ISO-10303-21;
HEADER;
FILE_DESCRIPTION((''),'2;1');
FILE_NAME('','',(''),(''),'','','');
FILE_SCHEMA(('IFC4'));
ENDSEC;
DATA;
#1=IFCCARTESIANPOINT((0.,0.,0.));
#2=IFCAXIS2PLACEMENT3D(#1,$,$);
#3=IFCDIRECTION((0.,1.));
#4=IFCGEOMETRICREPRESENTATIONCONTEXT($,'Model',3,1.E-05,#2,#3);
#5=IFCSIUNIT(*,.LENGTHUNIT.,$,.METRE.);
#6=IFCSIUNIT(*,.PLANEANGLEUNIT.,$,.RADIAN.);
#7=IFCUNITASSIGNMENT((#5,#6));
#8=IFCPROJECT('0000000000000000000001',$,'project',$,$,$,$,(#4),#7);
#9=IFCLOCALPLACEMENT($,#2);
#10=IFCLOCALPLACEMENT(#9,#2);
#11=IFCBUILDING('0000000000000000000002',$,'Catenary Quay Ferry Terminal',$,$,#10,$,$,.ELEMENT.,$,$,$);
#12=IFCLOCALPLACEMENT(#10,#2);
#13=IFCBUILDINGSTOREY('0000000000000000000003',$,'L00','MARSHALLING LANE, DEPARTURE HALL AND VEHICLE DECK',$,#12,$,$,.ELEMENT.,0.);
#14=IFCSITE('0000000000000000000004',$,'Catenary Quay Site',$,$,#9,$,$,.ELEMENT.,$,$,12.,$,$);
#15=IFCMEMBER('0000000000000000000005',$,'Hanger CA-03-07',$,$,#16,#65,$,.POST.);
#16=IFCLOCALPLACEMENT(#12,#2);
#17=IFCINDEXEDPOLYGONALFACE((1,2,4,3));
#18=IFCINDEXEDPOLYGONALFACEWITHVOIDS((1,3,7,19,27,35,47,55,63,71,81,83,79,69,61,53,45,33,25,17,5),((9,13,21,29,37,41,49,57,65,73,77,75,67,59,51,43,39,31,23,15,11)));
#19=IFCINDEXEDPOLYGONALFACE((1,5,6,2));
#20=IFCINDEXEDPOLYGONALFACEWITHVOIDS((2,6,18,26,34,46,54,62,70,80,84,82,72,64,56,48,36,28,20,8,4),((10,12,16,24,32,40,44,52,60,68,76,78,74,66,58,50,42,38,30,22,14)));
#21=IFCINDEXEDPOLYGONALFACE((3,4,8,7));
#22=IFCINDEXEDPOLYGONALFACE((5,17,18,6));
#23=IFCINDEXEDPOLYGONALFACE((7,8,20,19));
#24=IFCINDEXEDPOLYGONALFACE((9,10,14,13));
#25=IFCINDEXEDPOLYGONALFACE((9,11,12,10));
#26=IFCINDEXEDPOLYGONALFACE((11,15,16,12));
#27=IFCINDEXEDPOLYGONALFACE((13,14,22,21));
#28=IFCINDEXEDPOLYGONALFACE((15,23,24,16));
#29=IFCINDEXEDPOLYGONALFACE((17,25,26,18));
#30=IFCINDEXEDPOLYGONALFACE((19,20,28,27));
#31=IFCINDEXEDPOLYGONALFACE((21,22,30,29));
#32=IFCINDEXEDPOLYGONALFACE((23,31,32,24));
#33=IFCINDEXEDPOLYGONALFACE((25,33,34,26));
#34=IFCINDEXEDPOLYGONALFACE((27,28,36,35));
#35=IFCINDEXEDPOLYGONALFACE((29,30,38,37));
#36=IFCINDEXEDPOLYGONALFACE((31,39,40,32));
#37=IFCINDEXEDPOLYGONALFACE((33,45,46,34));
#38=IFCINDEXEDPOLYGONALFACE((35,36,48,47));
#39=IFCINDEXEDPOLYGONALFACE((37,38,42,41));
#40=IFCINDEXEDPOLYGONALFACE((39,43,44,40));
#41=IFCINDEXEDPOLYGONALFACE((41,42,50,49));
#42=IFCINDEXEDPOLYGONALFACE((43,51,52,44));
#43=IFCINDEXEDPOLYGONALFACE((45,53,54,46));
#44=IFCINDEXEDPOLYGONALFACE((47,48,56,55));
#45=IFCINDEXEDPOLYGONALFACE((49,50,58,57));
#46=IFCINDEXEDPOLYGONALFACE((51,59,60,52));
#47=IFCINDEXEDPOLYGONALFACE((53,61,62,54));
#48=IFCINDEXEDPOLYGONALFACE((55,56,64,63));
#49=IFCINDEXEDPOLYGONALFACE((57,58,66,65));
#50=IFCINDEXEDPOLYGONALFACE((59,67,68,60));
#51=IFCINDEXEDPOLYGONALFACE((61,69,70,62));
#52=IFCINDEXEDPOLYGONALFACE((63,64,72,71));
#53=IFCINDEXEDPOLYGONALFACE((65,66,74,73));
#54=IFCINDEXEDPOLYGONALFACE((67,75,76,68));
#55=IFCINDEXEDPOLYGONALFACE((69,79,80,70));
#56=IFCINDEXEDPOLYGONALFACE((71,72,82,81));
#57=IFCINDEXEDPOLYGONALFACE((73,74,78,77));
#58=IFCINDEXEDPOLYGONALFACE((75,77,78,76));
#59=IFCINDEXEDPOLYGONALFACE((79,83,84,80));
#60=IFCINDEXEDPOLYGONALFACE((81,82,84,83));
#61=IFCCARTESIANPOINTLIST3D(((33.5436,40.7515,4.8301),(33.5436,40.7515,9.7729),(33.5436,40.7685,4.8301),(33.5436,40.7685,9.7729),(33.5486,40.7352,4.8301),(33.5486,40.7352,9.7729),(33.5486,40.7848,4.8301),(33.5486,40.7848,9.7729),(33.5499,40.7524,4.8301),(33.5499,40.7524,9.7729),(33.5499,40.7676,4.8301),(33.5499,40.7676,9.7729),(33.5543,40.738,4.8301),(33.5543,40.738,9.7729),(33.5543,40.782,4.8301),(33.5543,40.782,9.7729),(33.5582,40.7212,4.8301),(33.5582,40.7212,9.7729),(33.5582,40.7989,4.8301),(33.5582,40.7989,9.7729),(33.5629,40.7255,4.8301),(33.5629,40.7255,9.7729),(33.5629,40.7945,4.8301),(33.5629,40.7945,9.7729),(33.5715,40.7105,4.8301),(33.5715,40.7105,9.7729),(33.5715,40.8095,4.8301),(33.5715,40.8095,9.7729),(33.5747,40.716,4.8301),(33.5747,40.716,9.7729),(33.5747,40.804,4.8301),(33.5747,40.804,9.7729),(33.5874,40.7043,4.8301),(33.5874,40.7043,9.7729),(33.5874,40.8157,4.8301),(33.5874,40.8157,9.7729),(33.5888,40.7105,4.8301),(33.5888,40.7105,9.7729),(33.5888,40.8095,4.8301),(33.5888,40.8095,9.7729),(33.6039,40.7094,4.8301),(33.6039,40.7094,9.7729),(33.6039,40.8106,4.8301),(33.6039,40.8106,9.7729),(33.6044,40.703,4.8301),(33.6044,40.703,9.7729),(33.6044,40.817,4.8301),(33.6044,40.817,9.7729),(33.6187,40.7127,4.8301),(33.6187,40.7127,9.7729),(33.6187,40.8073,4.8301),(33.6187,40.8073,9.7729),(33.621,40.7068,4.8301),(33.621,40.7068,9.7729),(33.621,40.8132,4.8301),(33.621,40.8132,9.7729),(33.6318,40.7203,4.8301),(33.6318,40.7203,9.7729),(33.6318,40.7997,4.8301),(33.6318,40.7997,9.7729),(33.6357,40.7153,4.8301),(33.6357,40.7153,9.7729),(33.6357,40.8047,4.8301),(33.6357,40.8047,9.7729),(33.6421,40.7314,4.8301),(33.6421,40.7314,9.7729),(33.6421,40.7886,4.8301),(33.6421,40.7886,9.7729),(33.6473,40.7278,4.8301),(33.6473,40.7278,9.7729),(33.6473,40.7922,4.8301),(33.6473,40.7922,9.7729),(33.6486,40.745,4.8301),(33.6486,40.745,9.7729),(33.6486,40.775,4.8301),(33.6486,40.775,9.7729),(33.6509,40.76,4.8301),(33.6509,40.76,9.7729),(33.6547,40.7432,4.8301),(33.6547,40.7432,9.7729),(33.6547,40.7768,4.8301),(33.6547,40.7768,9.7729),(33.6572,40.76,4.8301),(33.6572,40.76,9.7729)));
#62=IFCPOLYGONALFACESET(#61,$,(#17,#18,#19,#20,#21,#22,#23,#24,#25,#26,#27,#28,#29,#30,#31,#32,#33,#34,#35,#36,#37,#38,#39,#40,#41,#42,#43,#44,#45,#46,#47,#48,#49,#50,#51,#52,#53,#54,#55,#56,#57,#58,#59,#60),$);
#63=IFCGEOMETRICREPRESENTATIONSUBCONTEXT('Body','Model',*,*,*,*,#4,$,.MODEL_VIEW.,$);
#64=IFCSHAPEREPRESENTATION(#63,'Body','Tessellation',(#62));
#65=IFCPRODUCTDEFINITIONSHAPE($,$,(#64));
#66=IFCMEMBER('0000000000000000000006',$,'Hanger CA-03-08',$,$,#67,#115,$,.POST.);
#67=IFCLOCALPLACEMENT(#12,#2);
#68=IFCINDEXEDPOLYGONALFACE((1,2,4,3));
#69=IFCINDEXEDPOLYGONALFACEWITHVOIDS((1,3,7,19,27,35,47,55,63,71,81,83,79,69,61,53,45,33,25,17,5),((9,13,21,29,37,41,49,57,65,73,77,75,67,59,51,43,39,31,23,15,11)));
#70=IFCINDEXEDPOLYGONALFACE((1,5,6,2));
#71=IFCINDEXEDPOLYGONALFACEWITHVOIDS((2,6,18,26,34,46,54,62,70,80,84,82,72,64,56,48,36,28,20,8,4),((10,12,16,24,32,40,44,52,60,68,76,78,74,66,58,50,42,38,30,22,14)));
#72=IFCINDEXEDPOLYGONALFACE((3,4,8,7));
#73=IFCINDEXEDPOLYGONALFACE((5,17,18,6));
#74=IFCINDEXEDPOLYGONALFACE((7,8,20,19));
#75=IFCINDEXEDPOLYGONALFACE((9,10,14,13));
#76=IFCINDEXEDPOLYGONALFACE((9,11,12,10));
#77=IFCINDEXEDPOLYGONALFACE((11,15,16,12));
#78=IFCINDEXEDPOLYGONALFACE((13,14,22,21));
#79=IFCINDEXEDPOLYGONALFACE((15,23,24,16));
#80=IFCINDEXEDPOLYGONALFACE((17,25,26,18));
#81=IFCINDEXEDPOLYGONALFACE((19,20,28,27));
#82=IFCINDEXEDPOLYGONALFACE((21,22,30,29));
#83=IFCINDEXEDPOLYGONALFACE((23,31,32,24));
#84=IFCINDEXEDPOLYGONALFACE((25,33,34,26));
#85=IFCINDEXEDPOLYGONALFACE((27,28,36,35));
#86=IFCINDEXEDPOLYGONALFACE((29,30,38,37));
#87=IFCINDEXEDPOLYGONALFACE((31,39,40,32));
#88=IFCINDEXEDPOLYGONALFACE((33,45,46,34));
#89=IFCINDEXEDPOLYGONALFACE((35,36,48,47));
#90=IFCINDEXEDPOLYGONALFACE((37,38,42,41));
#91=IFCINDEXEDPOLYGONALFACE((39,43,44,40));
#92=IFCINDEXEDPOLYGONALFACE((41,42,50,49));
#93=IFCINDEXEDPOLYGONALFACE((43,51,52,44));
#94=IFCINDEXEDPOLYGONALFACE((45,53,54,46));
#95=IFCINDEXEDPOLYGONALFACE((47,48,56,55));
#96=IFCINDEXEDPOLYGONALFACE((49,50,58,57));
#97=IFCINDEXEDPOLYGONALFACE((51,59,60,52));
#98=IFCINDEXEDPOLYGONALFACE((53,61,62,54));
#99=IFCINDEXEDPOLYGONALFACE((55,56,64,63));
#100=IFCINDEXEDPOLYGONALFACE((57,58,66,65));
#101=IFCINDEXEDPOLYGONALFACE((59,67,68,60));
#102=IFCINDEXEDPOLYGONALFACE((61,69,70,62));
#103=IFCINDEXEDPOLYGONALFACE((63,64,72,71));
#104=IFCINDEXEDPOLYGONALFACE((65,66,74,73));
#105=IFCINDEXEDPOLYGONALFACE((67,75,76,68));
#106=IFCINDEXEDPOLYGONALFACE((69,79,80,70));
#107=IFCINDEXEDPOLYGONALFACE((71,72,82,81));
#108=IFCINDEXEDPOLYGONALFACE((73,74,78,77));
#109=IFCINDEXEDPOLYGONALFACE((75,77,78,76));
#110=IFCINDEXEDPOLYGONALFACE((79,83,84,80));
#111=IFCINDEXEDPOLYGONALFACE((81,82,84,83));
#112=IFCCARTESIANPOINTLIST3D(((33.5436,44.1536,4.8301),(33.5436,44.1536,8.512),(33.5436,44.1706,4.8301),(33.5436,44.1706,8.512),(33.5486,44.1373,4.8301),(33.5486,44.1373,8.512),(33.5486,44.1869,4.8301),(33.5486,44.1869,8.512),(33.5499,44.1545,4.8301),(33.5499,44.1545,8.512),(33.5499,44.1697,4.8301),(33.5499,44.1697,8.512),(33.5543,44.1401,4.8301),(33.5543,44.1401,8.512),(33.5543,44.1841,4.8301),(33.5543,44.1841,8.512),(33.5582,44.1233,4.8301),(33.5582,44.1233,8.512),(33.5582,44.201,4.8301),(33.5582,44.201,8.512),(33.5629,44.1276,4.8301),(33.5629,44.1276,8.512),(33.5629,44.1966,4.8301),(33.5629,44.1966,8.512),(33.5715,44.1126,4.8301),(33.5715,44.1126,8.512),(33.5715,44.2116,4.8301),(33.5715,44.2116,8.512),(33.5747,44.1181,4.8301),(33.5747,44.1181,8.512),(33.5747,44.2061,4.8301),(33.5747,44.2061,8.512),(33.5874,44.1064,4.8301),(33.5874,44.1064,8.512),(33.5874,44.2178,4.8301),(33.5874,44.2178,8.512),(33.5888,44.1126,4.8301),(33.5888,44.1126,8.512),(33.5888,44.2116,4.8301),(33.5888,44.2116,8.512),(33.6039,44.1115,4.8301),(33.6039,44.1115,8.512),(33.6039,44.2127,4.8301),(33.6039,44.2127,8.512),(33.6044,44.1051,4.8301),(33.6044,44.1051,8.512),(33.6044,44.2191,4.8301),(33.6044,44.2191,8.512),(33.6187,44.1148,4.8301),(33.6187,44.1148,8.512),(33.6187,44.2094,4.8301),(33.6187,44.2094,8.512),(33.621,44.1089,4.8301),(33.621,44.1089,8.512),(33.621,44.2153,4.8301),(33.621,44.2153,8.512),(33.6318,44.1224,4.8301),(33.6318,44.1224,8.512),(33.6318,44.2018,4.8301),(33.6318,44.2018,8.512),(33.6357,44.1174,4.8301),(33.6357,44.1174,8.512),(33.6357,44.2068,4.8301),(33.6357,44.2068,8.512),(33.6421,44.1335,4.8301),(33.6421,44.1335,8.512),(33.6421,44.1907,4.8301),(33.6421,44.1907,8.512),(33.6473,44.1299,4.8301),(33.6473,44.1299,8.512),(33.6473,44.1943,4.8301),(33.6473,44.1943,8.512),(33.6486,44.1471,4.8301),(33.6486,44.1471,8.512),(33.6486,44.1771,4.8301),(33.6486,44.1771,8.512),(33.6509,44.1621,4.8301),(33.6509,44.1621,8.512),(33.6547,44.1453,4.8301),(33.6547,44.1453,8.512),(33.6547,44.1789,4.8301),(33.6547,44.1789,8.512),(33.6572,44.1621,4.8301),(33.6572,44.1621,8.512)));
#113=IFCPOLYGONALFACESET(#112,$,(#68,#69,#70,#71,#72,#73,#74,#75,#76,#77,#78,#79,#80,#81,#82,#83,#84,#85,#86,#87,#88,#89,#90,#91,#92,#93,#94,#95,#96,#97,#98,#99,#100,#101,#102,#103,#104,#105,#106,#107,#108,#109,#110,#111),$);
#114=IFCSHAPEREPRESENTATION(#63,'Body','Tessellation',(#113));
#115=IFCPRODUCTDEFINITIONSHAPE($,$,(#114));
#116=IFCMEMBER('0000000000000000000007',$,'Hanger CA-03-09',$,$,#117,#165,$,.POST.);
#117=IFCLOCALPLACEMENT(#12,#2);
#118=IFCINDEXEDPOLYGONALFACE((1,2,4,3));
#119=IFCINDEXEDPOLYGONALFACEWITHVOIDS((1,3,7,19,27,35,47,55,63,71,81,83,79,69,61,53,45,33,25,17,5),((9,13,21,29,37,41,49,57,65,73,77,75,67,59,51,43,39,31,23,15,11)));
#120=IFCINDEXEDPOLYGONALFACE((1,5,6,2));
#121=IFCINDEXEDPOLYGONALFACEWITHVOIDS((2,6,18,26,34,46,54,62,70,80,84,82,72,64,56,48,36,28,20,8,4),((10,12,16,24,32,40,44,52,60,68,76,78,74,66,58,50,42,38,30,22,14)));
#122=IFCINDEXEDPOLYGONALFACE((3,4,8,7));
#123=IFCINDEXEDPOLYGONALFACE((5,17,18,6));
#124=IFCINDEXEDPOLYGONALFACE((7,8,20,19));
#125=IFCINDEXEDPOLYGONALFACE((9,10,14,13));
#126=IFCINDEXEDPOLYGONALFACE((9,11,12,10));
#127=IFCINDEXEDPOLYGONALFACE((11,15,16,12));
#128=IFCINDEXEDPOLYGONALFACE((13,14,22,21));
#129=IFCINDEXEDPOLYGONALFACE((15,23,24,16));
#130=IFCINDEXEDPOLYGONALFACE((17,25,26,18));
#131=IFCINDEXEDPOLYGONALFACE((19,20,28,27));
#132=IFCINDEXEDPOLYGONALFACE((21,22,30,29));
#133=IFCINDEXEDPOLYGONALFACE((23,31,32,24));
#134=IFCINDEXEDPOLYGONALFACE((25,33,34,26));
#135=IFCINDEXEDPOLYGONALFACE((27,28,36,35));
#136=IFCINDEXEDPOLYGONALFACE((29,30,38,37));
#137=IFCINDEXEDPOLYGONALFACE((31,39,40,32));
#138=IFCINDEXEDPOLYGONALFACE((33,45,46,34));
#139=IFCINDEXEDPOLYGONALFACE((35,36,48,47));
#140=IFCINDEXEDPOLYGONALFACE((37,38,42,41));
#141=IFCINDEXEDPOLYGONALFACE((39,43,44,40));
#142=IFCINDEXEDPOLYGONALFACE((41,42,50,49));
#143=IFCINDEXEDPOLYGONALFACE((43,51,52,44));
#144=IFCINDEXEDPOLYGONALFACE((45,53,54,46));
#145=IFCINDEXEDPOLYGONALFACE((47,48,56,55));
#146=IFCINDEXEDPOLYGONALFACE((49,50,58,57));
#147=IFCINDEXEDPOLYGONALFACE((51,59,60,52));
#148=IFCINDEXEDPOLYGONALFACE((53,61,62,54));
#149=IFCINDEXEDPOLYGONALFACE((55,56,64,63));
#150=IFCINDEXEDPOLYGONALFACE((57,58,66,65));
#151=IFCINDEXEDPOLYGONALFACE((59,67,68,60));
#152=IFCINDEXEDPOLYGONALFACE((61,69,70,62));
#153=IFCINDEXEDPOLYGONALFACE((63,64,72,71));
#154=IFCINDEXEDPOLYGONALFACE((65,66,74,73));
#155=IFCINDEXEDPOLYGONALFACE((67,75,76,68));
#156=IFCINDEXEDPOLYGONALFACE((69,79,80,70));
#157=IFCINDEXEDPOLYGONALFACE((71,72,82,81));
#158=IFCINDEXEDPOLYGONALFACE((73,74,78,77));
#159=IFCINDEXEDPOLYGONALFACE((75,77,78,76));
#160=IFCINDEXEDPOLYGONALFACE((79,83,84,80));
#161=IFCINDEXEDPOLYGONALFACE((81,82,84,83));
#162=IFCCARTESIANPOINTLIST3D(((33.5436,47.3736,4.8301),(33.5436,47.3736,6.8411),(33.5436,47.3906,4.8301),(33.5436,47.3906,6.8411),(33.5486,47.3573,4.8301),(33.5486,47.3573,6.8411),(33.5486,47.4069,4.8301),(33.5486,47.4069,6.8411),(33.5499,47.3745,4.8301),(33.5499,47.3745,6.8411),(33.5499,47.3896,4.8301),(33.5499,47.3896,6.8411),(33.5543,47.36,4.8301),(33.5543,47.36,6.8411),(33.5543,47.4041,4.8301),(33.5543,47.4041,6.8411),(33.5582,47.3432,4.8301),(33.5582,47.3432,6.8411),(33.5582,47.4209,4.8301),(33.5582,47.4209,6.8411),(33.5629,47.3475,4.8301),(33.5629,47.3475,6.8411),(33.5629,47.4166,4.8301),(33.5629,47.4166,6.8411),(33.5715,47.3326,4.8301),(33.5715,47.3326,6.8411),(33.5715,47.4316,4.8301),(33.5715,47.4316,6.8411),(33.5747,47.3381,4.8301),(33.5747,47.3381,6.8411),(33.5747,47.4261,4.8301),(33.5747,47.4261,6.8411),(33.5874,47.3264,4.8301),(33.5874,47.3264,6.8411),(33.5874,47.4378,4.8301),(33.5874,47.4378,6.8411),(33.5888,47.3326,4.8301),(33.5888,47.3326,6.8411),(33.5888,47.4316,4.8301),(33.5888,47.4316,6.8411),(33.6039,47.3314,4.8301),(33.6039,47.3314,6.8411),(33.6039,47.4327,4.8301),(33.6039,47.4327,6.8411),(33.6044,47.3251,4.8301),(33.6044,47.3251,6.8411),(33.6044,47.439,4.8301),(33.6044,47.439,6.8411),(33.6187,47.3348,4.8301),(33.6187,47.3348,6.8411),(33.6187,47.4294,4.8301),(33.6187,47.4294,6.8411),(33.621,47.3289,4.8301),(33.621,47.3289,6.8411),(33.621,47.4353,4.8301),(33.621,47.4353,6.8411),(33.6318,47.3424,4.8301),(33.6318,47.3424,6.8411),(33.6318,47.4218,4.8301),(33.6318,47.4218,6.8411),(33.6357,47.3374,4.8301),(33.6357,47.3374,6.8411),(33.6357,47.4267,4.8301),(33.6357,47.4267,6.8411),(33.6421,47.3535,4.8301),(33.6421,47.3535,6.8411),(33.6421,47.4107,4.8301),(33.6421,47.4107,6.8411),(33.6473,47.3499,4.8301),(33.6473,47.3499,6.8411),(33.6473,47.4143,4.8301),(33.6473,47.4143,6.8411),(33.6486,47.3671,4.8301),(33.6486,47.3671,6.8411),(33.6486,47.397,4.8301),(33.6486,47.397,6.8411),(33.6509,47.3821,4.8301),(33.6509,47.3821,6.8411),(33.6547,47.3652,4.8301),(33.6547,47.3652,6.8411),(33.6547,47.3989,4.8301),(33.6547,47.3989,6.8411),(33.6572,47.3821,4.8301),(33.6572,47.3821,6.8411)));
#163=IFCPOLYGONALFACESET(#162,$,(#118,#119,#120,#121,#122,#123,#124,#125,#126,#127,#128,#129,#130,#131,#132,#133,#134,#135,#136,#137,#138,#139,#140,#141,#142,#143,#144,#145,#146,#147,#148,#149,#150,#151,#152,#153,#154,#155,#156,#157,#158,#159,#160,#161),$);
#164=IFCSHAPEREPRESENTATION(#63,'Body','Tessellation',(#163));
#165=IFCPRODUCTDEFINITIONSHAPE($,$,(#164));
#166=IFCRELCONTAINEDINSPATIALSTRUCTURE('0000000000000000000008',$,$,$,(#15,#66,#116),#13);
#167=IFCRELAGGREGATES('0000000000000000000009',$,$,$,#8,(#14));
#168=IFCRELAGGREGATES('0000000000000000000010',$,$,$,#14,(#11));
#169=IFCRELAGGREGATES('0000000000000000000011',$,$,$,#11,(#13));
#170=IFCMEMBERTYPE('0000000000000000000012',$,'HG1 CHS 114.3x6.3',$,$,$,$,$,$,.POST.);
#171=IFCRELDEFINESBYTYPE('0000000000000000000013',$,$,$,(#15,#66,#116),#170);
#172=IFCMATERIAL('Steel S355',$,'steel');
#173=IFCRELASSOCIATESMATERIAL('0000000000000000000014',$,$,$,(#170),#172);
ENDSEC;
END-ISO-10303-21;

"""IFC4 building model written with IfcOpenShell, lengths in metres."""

from ifc_helpers import new_model, si_unit, direction, frame, origin, origin_2d, place, context, subcontext, project, spatial, hollow_circle, extrude, material, material_profile, profile_set, type_object, element, save


model = new_model("IFC4")

# Units and contexts
model_context = context("Model", 3, precision=1e-05, world=origin(), true_north=direction((0.0, 1.0)))
body_context = subcontext(model_context, "Body", "Model", "MODEL_VIEW")
ifc_project = project(units=[si_unit("LENGTHUNIT", "METRE"), si_unit("PLANEANGLEUNIT", "RADIAN")], contexts=[model_context])

# Site, building, storey
site_placement = place(None, origin())
site = spatial("IfcSite", under=ifc_project, at=site_placement, Name="Catenary Quay Site", CompositionType="ELEMENT", RefElevation=12.0)
building_placement = place(site_placement, origin())
building = spatial("IfcBuilding", under=site, at=building_placement, Name="Catenary Quay Ferry Terminal", CompositionType="ELEMENT")
storey_placement = place(building_placement, origin())
storey = spatial("IfcBuildingStorey", under=building, at=storey_placement, Name="L00", Description="MARSHALLING LANE, DEPARTURE HALL AND VEHICLE DECK", CompositionType="ELEMENT", Elevation=0.0)

# Members
ifc_material_1 = material(Name="Steel S355", Category="steel")
ifc_material_profile_1 = material_profile(ifc_material_1, hollow_circle(Radius=0.0571, WallThickness=0.0063, at=origin_2d()), Name="CHS 114.3x6.3")
ifc_profile_set_1 = profile_set([ifc_material_profile_1], Name="Steel S355")
member_type_1 = type_object("IfcMemberType", Name="HG1 CHS 114.3x6.3", PredefinedType="POST", material=ifc_profile_set_1)
member_1_placement = place(storey_placement, frame((33.6001, 40.76, 4.8301), z_axis=(0.0, 0.0, 1.0), x_axis=(1.0, 0.0, 0.0)))
element("IfcMember", 1, at=member_1_placement, inside=storey, type_object=member_type_1, Name="Hanger CA-03-07", PredefinedType="POST", context=body_context, shape_type="SweptSolid", body=[
    extrude(hollow_circle(Radius=0.0571, WallThickness=0.0063, at=origin_2d()), origin(), (0.0, 0.0, 1.0), 4.9429),
])
member_2_placement = place(storey_placement, frame((33.6001, 44.1621, 4.8301), z_axis=(0.0, 0.0, 1.0), x_axis=(1.0, 0.0, 0.0)))
element("IfcMember", 2, at=member_2_placement, inside=storey, type_object=member_type_1, Name="Hanger CA-03-08", PredefinedType="POST", context=body_context, shape_type="SweptSolid", body=[
    extrude(hollow_circle(Radius=0.0571, WallThickness=0.0063, at=origin_2d()), origin(), (0.0, 0.0, 1.0), 3.6819),
])
member_3_placement = place(storey_placement, frame((33.6001, 47.3821, 4.8301), z_axis=(0.0, 0.0, 1.0), x_axis=(1.0, 0.0, 0.0)))
element("IfcMember", 3, at=member_3_placement, inside=storey, type_object=member_type_1, Name="Hanger CA-03-09", PredefinedType="POST", context=body_context, shape_type="SweptSolid", body=[
    extrude(hollow_circle(Radius=0.0571, WallThickness=0.0063, at=origin_2d()), origin(), (0.0, 0.0, 1.0), 2.011),
])

save(model, "model.ifc")
